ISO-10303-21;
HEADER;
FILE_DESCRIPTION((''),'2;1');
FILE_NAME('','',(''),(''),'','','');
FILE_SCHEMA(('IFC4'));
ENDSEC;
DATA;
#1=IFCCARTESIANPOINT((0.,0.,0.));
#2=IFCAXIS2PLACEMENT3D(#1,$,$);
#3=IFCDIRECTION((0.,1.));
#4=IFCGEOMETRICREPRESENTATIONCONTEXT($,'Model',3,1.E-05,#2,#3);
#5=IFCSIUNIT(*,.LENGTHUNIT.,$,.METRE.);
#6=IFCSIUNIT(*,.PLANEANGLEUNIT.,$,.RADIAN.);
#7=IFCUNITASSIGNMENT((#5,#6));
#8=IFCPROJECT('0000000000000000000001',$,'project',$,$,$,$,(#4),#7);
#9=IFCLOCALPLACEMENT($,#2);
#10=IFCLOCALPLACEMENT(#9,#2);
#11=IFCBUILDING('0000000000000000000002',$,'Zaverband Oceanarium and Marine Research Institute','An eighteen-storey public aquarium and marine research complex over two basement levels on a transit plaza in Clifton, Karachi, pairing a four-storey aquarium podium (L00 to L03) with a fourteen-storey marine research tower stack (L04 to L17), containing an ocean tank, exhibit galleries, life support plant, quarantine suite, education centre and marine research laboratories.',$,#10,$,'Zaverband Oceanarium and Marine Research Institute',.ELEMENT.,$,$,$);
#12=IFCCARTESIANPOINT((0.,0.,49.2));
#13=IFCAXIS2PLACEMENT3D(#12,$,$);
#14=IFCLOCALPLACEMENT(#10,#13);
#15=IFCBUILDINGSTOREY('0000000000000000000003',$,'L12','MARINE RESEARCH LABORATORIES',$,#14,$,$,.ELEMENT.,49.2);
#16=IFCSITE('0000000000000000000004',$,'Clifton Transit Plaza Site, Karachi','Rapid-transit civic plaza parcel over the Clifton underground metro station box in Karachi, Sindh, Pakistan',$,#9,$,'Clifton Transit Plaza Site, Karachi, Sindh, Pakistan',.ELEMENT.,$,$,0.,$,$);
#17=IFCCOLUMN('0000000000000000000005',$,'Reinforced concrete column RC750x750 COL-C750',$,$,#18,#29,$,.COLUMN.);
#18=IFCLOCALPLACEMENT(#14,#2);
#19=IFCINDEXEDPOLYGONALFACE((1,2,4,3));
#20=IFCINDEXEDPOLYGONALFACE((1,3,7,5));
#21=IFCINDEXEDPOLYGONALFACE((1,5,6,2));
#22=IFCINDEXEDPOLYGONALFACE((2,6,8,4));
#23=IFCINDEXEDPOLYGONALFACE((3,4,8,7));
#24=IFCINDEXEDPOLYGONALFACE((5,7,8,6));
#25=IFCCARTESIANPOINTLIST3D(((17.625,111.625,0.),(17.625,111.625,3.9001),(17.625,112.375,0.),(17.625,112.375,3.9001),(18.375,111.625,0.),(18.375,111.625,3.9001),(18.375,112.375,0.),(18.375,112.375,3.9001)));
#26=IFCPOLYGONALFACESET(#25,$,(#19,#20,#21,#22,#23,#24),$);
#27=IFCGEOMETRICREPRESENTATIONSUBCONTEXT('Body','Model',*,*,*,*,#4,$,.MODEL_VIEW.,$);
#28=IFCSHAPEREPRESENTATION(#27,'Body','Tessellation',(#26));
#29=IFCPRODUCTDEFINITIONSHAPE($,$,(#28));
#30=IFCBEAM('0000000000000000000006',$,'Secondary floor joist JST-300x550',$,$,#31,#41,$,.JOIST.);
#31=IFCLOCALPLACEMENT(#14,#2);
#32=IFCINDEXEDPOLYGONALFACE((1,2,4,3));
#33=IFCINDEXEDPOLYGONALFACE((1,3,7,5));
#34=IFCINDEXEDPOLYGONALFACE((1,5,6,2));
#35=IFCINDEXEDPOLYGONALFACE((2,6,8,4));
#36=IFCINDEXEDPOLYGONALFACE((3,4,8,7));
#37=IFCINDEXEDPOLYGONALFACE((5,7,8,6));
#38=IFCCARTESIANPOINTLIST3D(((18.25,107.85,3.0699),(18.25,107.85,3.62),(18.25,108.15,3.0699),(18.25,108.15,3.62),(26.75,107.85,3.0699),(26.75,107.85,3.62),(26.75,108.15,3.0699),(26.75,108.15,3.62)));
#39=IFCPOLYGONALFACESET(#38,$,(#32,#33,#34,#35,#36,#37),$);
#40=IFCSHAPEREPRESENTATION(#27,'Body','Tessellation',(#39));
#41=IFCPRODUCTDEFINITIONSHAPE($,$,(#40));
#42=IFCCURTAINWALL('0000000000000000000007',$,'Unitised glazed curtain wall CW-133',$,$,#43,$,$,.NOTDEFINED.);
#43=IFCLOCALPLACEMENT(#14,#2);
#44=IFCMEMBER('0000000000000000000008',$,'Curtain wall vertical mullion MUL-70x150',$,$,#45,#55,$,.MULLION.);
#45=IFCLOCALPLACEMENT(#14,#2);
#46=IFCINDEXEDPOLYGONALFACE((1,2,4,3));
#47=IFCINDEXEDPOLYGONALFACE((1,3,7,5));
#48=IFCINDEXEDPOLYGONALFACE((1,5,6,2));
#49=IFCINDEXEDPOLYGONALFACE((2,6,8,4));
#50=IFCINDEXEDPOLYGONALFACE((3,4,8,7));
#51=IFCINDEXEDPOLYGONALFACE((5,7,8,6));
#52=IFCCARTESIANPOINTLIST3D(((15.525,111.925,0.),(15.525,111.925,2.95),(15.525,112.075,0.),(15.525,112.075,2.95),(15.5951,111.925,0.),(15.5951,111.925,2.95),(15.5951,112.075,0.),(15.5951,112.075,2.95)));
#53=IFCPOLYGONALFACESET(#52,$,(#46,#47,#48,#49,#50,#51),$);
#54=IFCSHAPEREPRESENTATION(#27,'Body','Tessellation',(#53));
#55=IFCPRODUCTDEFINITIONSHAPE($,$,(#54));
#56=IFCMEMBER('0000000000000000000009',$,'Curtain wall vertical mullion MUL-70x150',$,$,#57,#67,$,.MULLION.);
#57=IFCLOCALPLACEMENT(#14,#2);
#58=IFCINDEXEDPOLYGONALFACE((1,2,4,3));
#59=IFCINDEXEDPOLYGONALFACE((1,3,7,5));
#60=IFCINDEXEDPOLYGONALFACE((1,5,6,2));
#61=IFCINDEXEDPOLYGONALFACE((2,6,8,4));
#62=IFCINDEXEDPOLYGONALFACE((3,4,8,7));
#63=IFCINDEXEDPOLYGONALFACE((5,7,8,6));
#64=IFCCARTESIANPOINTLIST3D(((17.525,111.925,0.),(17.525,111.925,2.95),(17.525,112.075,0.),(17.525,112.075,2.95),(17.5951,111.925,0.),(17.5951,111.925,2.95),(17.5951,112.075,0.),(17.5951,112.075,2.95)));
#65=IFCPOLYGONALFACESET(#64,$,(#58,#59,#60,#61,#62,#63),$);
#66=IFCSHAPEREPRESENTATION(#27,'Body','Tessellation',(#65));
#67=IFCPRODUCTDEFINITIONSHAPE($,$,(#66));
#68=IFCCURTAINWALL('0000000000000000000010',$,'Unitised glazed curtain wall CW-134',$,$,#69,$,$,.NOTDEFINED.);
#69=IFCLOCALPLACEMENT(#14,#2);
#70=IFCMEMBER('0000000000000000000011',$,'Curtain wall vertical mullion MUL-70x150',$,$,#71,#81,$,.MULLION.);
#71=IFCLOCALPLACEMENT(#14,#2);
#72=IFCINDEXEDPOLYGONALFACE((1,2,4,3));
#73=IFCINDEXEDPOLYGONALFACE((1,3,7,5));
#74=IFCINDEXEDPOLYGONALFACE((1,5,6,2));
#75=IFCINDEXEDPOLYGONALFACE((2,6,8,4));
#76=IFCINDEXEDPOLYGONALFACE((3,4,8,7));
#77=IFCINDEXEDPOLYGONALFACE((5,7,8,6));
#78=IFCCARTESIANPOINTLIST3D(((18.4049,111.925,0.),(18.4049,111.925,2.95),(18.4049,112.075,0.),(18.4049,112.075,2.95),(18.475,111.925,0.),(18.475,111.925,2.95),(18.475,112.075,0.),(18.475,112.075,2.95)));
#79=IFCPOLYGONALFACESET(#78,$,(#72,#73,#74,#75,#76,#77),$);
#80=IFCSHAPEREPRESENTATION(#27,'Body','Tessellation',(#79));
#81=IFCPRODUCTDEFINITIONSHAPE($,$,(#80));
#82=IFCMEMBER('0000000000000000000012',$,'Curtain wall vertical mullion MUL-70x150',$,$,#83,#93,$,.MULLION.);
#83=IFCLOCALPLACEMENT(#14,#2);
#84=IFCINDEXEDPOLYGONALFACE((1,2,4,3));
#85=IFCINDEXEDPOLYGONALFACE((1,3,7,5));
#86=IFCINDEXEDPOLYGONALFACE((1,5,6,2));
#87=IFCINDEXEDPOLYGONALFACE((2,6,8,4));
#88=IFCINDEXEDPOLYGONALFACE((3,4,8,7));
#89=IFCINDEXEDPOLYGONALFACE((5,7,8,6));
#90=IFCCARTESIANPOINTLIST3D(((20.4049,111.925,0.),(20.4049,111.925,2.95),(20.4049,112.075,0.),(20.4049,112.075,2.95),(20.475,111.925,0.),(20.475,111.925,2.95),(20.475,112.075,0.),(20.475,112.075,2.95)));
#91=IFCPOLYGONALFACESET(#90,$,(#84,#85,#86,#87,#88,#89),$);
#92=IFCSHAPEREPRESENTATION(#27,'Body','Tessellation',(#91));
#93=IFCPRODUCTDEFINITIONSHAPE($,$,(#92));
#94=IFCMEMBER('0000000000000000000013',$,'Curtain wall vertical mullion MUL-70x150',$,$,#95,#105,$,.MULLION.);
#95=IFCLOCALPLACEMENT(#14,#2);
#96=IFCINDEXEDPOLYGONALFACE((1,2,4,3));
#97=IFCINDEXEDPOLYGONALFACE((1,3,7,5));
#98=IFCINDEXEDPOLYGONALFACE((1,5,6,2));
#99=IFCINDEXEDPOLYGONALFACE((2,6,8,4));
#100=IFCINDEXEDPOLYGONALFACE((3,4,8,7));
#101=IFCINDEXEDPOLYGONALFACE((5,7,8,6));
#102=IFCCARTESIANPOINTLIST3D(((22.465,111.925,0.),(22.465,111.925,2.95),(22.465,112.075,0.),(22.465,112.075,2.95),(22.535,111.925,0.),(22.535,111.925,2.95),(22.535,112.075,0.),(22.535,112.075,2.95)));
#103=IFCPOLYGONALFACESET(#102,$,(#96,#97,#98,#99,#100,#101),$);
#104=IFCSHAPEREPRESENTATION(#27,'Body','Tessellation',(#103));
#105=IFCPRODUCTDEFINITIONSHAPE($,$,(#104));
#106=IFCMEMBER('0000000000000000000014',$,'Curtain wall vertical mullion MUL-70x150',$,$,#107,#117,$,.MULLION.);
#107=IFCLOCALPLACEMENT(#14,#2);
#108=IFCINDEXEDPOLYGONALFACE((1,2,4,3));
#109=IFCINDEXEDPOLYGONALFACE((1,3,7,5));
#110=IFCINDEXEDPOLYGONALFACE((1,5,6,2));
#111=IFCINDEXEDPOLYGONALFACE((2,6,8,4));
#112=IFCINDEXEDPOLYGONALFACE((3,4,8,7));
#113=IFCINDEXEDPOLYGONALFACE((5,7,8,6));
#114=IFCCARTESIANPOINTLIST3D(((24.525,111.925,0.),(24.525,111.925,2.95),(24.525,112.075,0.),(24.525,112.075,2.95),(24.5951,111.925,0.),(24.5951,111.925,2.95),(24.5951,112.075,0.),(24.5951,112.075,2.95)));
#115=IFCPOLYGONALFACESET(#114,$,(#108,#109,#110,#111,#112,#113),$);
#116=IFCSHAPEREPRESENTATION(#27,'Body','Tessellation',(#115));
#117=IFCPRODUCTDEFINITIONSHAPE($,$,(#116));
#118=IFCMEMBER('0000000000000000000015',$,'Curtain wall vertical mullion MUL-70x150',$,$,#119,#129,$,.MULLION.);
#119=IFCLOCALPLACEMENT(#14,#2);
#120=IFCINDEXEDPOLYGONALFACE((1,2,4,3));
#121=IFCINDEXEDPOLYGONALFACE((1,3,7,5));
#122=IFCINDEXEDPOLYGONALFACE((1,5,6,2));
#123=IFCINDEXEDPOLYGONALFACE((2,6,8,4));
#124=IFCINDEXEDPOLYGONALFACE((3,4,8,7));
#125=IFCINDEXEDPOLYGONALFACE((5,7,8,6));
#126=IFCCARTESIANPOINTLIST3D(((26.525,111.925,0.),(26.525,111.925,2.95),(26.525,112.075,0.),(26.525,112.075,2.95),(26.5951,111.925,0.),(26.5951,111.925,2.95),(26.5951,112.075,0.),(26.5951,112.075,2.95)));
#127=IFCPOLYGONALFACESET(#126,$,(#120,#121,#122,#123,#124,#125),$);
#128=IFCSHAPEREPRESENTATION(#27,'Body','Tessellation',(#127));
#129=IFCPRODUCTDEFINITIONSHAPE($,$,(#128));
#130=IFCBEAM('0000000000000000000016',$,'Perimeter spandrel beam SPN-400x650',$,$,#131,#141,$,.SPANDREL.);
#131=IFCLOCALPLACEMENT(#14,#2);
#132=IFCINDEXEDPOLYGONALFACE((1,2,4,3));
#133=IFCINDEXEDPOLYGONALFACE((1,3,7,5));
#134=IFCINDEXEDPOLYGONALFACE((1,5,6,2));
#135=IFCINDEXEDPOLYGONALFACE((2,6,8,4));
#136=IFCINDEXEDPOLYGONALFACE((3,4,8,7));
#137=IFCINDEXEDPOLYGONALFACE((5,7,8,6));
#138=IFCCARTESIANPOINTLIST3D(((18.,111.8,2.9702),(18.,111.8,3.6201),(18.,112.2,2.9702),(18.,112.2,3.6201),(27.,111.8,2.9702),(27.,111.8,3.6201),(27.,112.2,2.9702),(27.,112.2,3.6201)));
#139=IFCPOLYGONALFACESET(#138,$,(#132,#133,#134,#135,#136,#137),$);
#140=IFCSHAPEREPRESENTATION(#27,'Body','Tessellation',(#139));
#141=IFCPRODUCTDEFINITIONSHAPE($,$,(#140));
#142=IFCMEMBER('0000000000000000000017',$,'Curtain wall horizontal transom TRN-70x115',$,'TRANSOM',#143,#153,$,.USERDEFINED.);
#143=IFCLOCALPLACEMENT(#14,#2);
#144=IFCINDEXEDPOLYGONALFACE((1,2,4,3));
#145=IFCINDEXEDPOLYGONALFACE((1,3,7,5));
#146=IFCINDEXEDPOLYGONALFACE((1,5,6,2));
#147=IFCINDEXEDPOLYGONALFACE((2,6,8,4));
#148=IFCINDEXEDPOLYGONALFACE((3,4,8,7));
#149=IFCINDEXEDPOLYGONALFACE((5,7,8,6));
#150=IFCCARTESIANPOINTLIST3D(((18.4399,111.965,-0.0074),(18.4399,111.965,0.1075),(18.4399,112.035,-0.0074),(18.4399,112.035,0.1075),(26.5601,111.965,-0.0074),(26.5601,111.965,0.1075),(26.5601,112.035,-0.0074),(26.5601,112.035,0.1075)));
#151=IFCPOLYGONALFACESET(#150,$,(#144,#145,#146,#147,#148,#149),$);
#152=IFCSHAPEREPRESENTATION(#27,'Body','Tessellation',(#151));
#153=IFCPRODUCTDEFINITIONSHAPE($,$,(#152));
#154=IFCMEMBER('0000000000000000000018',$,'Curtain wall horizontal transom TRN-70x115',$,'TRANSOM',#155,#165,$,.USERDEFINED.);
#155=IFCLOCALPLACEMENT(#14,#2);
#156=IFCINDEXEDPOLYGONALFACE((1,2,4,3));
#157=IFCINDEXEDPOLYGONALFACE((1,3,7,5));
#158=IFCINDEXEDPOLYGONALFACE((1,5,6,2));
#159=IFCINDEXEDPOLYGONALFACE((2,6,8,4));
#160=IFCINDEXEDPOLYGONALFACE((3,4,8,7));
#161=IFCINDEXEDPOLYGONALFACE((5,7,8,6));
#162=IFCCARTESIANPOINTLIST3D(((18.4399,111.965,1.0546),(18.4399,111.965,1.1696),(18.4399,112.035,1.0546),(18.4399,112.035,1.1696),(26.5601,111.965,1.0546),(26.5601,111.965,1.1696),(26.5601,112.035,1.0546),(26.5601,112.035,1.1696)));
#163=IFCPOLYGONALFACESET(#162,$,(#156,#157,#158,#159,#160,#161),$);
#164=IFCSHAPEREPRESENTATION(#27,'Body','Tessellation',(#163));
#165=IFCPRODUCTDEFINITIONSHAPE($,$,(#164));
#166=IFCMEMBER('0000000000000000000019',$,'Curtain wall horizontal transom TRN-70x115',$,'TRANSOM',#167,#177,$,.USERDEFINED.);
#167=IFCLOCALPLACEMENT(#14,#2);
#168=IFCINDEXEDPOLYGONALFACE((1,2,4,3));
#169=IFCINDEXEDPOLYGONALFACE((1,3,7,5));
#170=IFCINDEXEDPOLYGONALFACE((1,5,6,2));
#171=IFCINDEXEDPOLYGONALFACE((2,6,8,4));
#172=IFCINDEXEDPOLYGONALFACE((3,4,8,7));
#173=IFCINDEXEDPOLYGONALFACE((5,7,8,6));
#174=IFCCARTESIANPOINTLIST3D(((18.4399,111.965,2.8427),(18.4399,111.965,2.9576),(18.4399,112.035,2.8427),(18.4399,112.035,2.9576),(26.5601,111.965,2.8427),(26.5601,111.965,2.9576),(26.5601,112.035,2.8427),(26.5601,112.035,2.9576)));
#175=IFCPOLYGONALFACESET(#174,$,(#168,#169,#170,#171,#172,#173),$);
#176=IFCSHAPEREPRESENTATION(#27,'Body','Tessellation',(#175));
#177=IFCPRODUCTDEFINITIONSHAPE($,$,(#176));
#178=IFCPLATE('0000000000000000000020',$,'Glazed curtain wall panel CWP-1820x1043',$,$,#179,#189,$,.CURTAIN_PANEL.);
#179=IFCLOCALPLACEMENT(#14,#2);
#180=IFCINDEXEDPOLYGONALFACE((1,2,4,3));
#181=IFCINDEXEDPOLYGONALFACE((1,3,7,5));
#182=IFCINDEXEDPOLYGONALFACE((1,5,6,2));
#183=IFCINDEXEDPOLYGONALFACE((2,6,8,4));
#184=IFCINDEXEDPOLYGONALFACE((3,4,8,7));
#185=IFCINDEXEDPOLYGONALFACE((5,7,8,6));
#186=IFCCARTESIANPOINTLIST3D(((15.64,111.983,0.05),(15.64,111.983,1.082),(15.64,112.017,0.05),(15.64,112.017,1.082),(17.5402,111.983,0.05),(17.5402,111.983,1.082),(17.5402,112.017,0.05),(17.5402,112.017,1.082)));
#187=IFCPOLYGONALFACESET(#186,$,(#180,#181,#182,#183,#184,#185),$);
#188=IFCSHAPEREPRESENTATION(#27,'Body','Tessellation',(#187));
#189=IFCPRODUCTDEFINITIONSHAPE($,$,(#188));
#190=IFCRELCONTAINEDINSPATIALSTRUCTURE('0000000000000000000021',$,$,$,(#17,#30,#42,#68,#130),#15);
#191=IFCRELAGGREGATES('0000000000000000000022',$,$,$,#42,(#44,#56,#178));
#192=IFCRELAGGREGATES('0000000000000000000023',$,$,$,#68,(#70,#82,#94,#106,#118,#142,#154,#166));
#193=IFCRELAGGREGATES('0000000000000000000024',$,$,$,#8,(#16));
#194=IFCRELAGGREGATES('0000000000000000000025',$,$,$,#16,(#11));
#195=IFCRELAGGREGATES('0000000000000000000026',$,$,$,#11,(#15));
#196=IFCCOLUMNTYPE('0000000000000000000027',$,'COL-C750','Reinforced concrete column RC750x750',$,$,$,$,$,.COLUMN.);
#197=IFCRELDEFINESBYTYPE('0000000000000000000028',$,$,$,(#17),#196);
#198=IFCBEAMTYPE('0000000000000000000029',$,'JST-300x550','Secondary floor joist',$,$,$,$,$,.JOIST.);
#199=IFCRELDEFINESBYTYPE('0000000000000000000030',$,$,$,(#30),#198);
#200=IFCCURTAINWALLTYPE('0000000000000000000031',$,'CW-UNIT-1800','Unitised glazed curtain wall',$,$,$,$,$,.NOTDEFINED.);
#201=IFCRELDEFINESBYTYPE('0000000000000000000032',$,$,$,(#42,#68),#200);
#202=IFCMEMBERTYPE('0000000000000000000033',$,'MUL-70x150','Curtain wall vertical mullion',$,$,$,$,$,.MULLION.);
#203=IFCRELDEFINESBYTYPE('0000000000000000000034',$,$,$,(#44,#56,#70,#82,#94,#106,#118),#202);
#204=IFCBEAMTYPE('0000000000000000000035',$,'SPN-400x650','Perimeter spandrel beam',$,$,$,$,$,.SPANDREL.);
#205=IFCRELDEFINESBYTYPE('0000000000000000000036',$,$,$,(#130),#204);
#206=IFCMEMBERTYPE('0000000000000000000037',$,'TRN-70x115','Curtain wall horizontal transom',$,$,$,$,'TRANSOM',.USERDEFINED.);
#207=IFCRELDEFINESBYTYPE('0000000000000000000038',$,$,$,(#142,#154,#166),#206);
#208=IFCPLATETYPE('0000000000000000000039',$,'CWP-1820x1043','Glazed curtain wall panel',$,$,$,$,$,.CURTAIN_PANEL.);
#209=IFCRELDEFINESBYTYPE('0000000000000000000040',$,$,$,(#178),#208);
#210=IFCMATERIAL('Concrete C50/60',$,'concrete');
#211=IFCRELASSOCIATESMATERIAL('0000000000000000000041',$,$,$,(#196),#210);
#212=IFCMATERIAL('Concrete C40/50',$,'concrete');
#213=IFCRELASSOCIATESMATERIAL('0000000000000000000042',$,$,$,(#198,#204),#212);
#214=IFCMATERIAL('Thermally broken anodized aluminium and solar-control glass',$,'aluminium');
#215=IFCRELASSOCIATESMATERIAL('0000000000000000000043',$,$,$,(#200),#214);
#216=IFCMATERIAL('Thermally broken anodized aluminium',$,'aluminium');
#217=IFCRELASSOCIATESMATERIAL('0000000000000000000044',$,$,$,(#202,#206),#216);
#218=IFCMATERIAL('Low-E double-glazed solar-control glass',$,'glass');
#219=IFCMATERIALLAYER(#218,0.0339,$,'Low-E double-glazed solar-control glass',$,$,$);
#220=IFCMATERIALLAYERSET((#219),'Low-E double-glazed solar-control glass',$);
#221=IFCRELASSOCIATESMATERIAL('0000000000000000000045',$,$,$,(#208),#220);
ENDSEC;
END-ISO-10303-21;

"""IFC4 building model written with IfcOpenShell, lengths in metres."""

from ifc_helpers import new_model, si_unit, direction, frame, frame_2d, origin, origin_2d, place, context, subcontext, project, spatial, rectangle, extrude, material, layer, layer_set, material_profile, profile_set, type_object, element, aggregate, save


model = new_model("IFC4")

# Units and contexts
model_context = context("Model", 3, precision=1e-05, world=origin(), true_north=direction((0.0, 1.0)))
body_context = subcontext(model_context, "Body", "Model", "MODEL_VIEW")
ifc_project = project(units=[si_unit("LENGTHUNIT", "METRE"), si_unit("PLANEANGLEUNIT", "RADIAN")], contexts=[model_context])

# Site, building, storey
site_placement = place(None, origin())
site = spatial("IfcSite", under=ifc_project, at=site_placement, Name="Clifton Transit Plaza Site, Karachi", Description="Rapid-transit civic plaza parcel over the Clifton underground metro station box in Karachi, Sindh, Pakistan", LongName="Clifton Transit Plaza Site, Karachi, Sindh, Pakistan", CompositionType="ELEMENT", RefElevation=0.0)
building_placement = place(site_placement, origin())
building = spatial("IfcBuilding", under=site, at=building_placement, Name="Zaverband Oceanarium and Marine Research Institute", Description="An eighteen-storey public aquarium and marine research complex over two basement levels on a transit plaza in Clifton, Karachi, pairing a four-storey aquarium podium (L00 to L03) with a fourteen-storey marine research tower stack (L04 to L17), containing an ocean tank, exhibit galleries, life support plant, quarantine suite, education centre and marine research laboratories.", LongName="Zaverband Oceanarium and Marine Research Institute", CompositionType="ELEMENT")
storey_placement = place(building_placement, frame((0.0, 0.0, 49.2)))
storey = spatial("IfcBuildingStorey", under=building, at=storey_placement, Name="L12", Description="MARINE RESEARCH LABORATORIES", CompositionType="ELEMENT", Elevation=49.2)

# Column
ifc_material_1 = material(Name="Concrete C50/60", Category="concrete")
ifc_material_profile_1 = material_profile(ifc_material_1, rectangle(XDim=0.75, YDim=0.75, at=origin_2d()), Name="RC750x750")
ifc_profile_set_1 = profile_set([ifc_material_profile_1], Name="Concrete C50/60")
column_type = type_object("IfcColumnType", Name="COL-C750", Description="Reinforced concrete column RC750x750", PredefinedType="COLUMN", material=ifc_profile_set_1)
column_placement = place(storey_placement, frame((18.0, 112.0, 0.0), z_axis=(0.0, 0.0, 1.0), x_axis=(1.0, 0.0, 0.0)))
element("IfcColumn", 1, at=column_placement, inside=storey, type_object=column_type, Name="Reinforced concrete column RC750x750 COL-C750", PredefinedType="COLUMN", context=body_context, shape_type="SweptSolid", body=[
    extrude(rectangle(XDim=0.75, YDim=0.75, at=origin_2d()), origin(), (0.0, 0.0, 1.0), 3.9001),
])

# Beam
ifc_material_2 = material(Name="Concrete C40/50", Category="concrete")
ifc_material_profile_2 = material_profile(ifc_material_2, rectangle(XDim=0.3, YDim=0.55, at=origin_2d()), Name="RC300x550")
ifc_profile_set_2 = profile_set([ifc_material_profile_2], Name="Concrete C40/50")
beam_type_1 = type_object("IfcBeamType", Name="JST-300x550", Description="Secondary floor joist", PredefinedType="JOIST", material=ifc_profile_set_2)
beam_1_placement = place(storey_placement, frame((18.25, 108.0, 3.345), z_axis=(1.0, 0.0, 0.0), x_axis=(0.0, 1.0, 0.0)))
element("IfcBeam", 2, at=beam_1_placement, inside=storey, type_object=beam_type_1, Name="Secondary floor joist JST-300x550", PredefinedType="JOIST", context=body_context, shape_type="SweptSolid", body=[
    extrude(rectangle(XDim=0.3, YDim=0.55, at=origin_2d()), origin(), (0.0, 0.0, 1.0), 8.5),
])

# Curtain walls, members
ifc_material_3 = material(Name="Thermally broken anodized aluminium and solar-control glass", Category="aluminium")
curtain_wall_type = type_object("IfcCurtainWallType", Name="CW-UNIT-1800", Description="Unitised glazed curtain wall", PredefinedType="NOTDEFINED", material=ifc_material_3)
curtain_wall_1_placement = place(storey_placement, origin())
curtain_wall_1 = element("IfcCurtainWall", 3, at=curtain_wall_1_placement, inside=storey, type_object=curtain_wall_type, Name="Unitised glazed curtain wall CW-133", PredefinedType="NOTDEFINED")
ifc_material_4 = material(Name="Thermally broken anodized aluminium", Category="aluminium")
ifc_material_profile_3 = material_profile(ifc_material_4, rectangle(XDim=0.0701, YDim=0.1499, at=origin_2d()), Name="AL-MUL-70x150")
ifc_profile_set_3 = profile_set([ifc_material_profile_3], Name="Thermally broken anodized aluminium")
member_type_1 = type_object("IfcMemberType", Name="MUL-70x150", Description="Curtain wall vertical mullion", PredefinedType="MULLION", material=ifc_profile_set_3)
member_1_placement = place(storey_placement, frame((15.5601, 112.0, 0.0), z_axis=(0.0, 0.0, 1.0), x_axis=(1.0, 0.0, 0.0)))
member_1 = element("IfcMember", 4, at=member_1_placement, type_object=member_type_1, Name="Curtain wall vertical mullion MUL-70x150", PredefinedType="MULLION", context=body_context, shape_type="SweptSolid", body=[
    extrude(rectangle(XDim=0.0701, YDim=0.1499, at=origin_2d()), origin(), (0.0, 0.0, 1.0), 2.95),
])
member_2_placement = place(storey_placement, frame((17.5601, 112.0, 0.0), z_axis=(0.0, 0.0, 1.0), x_axis=(1.0, 0.0, 0.0)))
member_2 = element("IfcMember", 5, at=member_2_placement, type_object=member_type_1, Name="Curtain wall vertical mullion MUL-70x150", PredefinedType="MULLION", context=body_context, shape_type="SweptSolid", body=[
    extrude(rectangle(XDim=0.0701, YDim=0.1499, at=origin_2d()), origin(), (0.0, 0.0, 1.0), 2.95),
])
curtain_wall_2_placement = place(storey_placement, origin())
curtain_wall_2 = element("IfcCurtainWall", 6, at=curtain_wall_2_placement, inside=storey, type_object=curtain_wall_type, Name="Unitised glazed curtain wall CW-134", PredefinedType="NOTDEFINED")
member_3_placement = place(storey_placement, frame((18.4399, 112.0, 0.0), z_axis=(0.0, 0.0, 1.0), x_axis=(1.0, 0.0, 0.0)))
member_3 = element("IfcMember", 7, at=member_3_placement, type_object=member_type_1, Name="Curtain wall vertical mullion MUL-70x150", PredefinedType="MULLION", context=body_context, shape_type="SweptSolid", body=[
    extrude(rectangle(XDim=0.0701, YDim=0.1499, at=origin_2d()), origin(), (0.0, 0.0, 1.0), 2.95),
])
member_4_placement = place(storey_placement, frame((20.4399, 112.0, 0.0), z_axis=(0.0, 0.0, 1.0), x_axis=(1.0, 0.0, 0.0)))
member_4 = element("IfcMember", 8, at=member_4_placement, type_object=member_type_1, Name="Curtain wall vertical mullion MUL-70x150", PredefinedType="MULLION", context=body_context, shape_type="SweptSolid", body=[
    extrude(rectangle(XDim=0.0701, YDim=0.1499, at=origin_2d()), origin(), (0.0, 0.0, 1.0), 2.95),
])
member_5_placement = place(storey_placement, frame((22.5, 112.0, 0.0), z_axis=(0.0, 0.0, 1.0), x_axis=(1.0, 0.0, 0.0)))
member_5 = element("IfcMember", 9, at=member_5_placement, type_object=member_type_1, Name="Curtain wall vertical mullion MUL-70x150", PredefinedType="MULLION", context=body_context, shape_type="SweptSolid", body=[
    extrude(rectangle(XDim=0.0701, YDim=0.1499, at=origin_2d()), origin(), (0.0, 0.0, 1.0), 2.95),
])
member_6_placement = place(storey_placement, frame((24.5601, 112.0, 0.0), z_axis=(0.0, 0.0, 1.0), x_axis=(1.0, 0.0, 0.0)))
member_6 = element("IfcMember", 10, at=member_6_placement, type_object=member_type_1, Name="Curtain wall vertical mullion MUL-70x150", PredefinedType="MULLION", context=body_context, shape_type="SweptSolid", body=[
    extrude(rectangle(XDim=0.0701, YDim=0.1499, at=origin_2d()), origin(), (0.0, 0.0, 1.0), 2.95),
])
member_7_placement = place(storey_placement, frame((26.5601, 112.0, 0.0), z_axis=(0.0, 0.0, 1.0), x_axis=(1.0, 0.0, 0.0)))
member_7 = element("IfcMember", 11, at=member_7_placement, type_object=member_type_1, Name="Curtain wall vertical mullion MUL-70x150", PredefinedType="MULLION", context=body_context, shape_type="SweptSolid", body=[
    extrude(rectangle(XDim=0.0701, YDim=0.1499, at=origin_2d()), origin(), (0.0, 0.0, 1.0), 2.95),
])

# Beam
ifc_material_profile_4 = material_profile(ifc_material_2, rectangle(XDim=0.3999, YDim=0.6499, at=origin_2d()), Name="RC400x650")
ifc_profile_set_4 = profile_set([ifc_material_profile_4], Name="Concrete C40/50")
beam_type_2 = type_object("IfcBeamType", Name="SPN-400x650", Description="Perimeter spandrel beam", PredefinedType="SPANDREL", material=ifc_profile_set_4)
beam_2_placement = place(storey_placement, frame((18.0, 112.0, 3.2952), z_axis=(1.0, 0.0, 0.0), x_axis=(0.0, 1.0, 0.0)))
element("IfcBeam", 12, at=beam_2_placement, inside=storey, type_object=beam_type_2, Name="Perimeter spandrel beam SPN-400x650", PredefinedType="SPANDREL", context=body_context, shape_type="SweptSolid", body=[
    extrude(rectangle(XDim=0.3999, YDim=0.6499, at=origin_2d()), origin(), (0.0, 0.0, 1.0), 9.0),
])

# Members
ifc_material_profile_5 = material_profile(ifc_material_4, rectangle(XDim=0.0701, YDim=0.115, at=origin_2d()), Name="AL-TRN-70x115")
ifc_profile_set_5 = profile_set([ifc_material_profile_5], Name="Thermally broken anodized aluminium")
member_type_2 = type_object("IfcMemberType", Name="TRN-70x115", Description="Curtain wall horizontal transom", ElementType="TRANSOM", PredefinedType="USERDEFINED", material=ifc_profile_set_5)
member_8_placement = place(storey_placement, frame((18.4399, 112.0, 0.05), z_axis=(1.0, 0.0, 0.0), x_axis=(0.0, 1.0, 0.0)))
member_8 = element("IfcMember", 13, at=member_8_placement, type_object=member_type_2, Name="Curtain wall horizontal transom TRN-70x115", ObjectType="TRANSOM", PredefinedType="USERDEFINED", context=body_context, shape_type="SweptSolid", body=[
    extrude(rectangle(XDim=0.0701, YDim=0.115, at=origin_2d()), origin(), (0.0, 0.0, 1.0), 8.1201),
])
member_9_placement = place(storey_placement, frame((18.4399, 112.0, 1.1121), z_axis=(1.0, 0.0, 0.0), x_axis=(0.0, 1.0, 0.0)))
member_9 = element("IfcMember", 14, at=member_9_placement, type_object=member_type_2, Name="Curtain wall horizontal transom TRN-70x115", ObjectType="TRANSOM", PredefinedType="USERDEFINED", context=body_context, shape_type="SweptSolid", body=[
    extrude(rectangle(XDim=0.0701, YDim=0.115, at=origin_2d()), origin(), (0.0, 0.0, 1.0), 8.1201),
])
member_10_placement = place(storey_placement, frame((18.4399, 112.0, 2.9001), z_axis=(1.0, 0.0, 0.0), x_axis=(0.0, 1.0, 0.0)))
member_10 = element("IfcMember", 15, at=member_10_placement, type_object=member_type_2, Name="Curtain wall horizontal transom TRN-70x115", ObjectType="TRANSOM", PredefinedType="USERDEFINED", context=body_context, shape_type="SweptSolid", body=[
    extrude(rectangle(XDim=0.0701, YDim=0.115, at=origin_2d()), origin(), (0.0, 0.0, 1.0), 8.1201),
])

# Plate
ifc_material_5 = material(Name="Low-E double-glazed solar-control glass", Category="glass")
ifc_layer_1 = layer(ifc_material_5, 0.0339, Name="Low-E double-glazed solar-control glass")
ifc_layer_set_1 = layer_set([ifc_layer_1], Name="Low-E double-glazed solar-control glass")
plate_type_1 = type_object("IfcPlateType", Name="CWP-1820x1043", Description="Glazed curtain wall panel", PredefinedType="CURTAIN_PANEL", material=ifc_layer_set_1)
plate_1_placement = place(storey_placement, frame((15.6399, 112.0, 0.05), z_axis=(0.0, 0.0, 1.0), x_axis=(1.0, 0.0, 0.0)))
plate_1 = element("IfcPlate", 16, at=plate_1_placement, type_object=plate_type_1, Name="Glazed curtain wall panel CWP-1820x1043", PredefinedType="CURTAIN_PANEL", context=body_context, shape_type="SweptSolid", body=[
    extrude(rectangle(XDim=1.9001, YDim=0.0339, at=frame_2d((0.9502, 0.0))), origin(), (0.0, 0.0, 1.0), 1.032),
])
aggregate(curtain_wall_1, [member_1, member_2, plate_1])
aggregate(curtain_wall_2, [member_3, member_4, member_5, member_6, member_7, member_8, member_9, member_10])

save(model, "model.ifc")
